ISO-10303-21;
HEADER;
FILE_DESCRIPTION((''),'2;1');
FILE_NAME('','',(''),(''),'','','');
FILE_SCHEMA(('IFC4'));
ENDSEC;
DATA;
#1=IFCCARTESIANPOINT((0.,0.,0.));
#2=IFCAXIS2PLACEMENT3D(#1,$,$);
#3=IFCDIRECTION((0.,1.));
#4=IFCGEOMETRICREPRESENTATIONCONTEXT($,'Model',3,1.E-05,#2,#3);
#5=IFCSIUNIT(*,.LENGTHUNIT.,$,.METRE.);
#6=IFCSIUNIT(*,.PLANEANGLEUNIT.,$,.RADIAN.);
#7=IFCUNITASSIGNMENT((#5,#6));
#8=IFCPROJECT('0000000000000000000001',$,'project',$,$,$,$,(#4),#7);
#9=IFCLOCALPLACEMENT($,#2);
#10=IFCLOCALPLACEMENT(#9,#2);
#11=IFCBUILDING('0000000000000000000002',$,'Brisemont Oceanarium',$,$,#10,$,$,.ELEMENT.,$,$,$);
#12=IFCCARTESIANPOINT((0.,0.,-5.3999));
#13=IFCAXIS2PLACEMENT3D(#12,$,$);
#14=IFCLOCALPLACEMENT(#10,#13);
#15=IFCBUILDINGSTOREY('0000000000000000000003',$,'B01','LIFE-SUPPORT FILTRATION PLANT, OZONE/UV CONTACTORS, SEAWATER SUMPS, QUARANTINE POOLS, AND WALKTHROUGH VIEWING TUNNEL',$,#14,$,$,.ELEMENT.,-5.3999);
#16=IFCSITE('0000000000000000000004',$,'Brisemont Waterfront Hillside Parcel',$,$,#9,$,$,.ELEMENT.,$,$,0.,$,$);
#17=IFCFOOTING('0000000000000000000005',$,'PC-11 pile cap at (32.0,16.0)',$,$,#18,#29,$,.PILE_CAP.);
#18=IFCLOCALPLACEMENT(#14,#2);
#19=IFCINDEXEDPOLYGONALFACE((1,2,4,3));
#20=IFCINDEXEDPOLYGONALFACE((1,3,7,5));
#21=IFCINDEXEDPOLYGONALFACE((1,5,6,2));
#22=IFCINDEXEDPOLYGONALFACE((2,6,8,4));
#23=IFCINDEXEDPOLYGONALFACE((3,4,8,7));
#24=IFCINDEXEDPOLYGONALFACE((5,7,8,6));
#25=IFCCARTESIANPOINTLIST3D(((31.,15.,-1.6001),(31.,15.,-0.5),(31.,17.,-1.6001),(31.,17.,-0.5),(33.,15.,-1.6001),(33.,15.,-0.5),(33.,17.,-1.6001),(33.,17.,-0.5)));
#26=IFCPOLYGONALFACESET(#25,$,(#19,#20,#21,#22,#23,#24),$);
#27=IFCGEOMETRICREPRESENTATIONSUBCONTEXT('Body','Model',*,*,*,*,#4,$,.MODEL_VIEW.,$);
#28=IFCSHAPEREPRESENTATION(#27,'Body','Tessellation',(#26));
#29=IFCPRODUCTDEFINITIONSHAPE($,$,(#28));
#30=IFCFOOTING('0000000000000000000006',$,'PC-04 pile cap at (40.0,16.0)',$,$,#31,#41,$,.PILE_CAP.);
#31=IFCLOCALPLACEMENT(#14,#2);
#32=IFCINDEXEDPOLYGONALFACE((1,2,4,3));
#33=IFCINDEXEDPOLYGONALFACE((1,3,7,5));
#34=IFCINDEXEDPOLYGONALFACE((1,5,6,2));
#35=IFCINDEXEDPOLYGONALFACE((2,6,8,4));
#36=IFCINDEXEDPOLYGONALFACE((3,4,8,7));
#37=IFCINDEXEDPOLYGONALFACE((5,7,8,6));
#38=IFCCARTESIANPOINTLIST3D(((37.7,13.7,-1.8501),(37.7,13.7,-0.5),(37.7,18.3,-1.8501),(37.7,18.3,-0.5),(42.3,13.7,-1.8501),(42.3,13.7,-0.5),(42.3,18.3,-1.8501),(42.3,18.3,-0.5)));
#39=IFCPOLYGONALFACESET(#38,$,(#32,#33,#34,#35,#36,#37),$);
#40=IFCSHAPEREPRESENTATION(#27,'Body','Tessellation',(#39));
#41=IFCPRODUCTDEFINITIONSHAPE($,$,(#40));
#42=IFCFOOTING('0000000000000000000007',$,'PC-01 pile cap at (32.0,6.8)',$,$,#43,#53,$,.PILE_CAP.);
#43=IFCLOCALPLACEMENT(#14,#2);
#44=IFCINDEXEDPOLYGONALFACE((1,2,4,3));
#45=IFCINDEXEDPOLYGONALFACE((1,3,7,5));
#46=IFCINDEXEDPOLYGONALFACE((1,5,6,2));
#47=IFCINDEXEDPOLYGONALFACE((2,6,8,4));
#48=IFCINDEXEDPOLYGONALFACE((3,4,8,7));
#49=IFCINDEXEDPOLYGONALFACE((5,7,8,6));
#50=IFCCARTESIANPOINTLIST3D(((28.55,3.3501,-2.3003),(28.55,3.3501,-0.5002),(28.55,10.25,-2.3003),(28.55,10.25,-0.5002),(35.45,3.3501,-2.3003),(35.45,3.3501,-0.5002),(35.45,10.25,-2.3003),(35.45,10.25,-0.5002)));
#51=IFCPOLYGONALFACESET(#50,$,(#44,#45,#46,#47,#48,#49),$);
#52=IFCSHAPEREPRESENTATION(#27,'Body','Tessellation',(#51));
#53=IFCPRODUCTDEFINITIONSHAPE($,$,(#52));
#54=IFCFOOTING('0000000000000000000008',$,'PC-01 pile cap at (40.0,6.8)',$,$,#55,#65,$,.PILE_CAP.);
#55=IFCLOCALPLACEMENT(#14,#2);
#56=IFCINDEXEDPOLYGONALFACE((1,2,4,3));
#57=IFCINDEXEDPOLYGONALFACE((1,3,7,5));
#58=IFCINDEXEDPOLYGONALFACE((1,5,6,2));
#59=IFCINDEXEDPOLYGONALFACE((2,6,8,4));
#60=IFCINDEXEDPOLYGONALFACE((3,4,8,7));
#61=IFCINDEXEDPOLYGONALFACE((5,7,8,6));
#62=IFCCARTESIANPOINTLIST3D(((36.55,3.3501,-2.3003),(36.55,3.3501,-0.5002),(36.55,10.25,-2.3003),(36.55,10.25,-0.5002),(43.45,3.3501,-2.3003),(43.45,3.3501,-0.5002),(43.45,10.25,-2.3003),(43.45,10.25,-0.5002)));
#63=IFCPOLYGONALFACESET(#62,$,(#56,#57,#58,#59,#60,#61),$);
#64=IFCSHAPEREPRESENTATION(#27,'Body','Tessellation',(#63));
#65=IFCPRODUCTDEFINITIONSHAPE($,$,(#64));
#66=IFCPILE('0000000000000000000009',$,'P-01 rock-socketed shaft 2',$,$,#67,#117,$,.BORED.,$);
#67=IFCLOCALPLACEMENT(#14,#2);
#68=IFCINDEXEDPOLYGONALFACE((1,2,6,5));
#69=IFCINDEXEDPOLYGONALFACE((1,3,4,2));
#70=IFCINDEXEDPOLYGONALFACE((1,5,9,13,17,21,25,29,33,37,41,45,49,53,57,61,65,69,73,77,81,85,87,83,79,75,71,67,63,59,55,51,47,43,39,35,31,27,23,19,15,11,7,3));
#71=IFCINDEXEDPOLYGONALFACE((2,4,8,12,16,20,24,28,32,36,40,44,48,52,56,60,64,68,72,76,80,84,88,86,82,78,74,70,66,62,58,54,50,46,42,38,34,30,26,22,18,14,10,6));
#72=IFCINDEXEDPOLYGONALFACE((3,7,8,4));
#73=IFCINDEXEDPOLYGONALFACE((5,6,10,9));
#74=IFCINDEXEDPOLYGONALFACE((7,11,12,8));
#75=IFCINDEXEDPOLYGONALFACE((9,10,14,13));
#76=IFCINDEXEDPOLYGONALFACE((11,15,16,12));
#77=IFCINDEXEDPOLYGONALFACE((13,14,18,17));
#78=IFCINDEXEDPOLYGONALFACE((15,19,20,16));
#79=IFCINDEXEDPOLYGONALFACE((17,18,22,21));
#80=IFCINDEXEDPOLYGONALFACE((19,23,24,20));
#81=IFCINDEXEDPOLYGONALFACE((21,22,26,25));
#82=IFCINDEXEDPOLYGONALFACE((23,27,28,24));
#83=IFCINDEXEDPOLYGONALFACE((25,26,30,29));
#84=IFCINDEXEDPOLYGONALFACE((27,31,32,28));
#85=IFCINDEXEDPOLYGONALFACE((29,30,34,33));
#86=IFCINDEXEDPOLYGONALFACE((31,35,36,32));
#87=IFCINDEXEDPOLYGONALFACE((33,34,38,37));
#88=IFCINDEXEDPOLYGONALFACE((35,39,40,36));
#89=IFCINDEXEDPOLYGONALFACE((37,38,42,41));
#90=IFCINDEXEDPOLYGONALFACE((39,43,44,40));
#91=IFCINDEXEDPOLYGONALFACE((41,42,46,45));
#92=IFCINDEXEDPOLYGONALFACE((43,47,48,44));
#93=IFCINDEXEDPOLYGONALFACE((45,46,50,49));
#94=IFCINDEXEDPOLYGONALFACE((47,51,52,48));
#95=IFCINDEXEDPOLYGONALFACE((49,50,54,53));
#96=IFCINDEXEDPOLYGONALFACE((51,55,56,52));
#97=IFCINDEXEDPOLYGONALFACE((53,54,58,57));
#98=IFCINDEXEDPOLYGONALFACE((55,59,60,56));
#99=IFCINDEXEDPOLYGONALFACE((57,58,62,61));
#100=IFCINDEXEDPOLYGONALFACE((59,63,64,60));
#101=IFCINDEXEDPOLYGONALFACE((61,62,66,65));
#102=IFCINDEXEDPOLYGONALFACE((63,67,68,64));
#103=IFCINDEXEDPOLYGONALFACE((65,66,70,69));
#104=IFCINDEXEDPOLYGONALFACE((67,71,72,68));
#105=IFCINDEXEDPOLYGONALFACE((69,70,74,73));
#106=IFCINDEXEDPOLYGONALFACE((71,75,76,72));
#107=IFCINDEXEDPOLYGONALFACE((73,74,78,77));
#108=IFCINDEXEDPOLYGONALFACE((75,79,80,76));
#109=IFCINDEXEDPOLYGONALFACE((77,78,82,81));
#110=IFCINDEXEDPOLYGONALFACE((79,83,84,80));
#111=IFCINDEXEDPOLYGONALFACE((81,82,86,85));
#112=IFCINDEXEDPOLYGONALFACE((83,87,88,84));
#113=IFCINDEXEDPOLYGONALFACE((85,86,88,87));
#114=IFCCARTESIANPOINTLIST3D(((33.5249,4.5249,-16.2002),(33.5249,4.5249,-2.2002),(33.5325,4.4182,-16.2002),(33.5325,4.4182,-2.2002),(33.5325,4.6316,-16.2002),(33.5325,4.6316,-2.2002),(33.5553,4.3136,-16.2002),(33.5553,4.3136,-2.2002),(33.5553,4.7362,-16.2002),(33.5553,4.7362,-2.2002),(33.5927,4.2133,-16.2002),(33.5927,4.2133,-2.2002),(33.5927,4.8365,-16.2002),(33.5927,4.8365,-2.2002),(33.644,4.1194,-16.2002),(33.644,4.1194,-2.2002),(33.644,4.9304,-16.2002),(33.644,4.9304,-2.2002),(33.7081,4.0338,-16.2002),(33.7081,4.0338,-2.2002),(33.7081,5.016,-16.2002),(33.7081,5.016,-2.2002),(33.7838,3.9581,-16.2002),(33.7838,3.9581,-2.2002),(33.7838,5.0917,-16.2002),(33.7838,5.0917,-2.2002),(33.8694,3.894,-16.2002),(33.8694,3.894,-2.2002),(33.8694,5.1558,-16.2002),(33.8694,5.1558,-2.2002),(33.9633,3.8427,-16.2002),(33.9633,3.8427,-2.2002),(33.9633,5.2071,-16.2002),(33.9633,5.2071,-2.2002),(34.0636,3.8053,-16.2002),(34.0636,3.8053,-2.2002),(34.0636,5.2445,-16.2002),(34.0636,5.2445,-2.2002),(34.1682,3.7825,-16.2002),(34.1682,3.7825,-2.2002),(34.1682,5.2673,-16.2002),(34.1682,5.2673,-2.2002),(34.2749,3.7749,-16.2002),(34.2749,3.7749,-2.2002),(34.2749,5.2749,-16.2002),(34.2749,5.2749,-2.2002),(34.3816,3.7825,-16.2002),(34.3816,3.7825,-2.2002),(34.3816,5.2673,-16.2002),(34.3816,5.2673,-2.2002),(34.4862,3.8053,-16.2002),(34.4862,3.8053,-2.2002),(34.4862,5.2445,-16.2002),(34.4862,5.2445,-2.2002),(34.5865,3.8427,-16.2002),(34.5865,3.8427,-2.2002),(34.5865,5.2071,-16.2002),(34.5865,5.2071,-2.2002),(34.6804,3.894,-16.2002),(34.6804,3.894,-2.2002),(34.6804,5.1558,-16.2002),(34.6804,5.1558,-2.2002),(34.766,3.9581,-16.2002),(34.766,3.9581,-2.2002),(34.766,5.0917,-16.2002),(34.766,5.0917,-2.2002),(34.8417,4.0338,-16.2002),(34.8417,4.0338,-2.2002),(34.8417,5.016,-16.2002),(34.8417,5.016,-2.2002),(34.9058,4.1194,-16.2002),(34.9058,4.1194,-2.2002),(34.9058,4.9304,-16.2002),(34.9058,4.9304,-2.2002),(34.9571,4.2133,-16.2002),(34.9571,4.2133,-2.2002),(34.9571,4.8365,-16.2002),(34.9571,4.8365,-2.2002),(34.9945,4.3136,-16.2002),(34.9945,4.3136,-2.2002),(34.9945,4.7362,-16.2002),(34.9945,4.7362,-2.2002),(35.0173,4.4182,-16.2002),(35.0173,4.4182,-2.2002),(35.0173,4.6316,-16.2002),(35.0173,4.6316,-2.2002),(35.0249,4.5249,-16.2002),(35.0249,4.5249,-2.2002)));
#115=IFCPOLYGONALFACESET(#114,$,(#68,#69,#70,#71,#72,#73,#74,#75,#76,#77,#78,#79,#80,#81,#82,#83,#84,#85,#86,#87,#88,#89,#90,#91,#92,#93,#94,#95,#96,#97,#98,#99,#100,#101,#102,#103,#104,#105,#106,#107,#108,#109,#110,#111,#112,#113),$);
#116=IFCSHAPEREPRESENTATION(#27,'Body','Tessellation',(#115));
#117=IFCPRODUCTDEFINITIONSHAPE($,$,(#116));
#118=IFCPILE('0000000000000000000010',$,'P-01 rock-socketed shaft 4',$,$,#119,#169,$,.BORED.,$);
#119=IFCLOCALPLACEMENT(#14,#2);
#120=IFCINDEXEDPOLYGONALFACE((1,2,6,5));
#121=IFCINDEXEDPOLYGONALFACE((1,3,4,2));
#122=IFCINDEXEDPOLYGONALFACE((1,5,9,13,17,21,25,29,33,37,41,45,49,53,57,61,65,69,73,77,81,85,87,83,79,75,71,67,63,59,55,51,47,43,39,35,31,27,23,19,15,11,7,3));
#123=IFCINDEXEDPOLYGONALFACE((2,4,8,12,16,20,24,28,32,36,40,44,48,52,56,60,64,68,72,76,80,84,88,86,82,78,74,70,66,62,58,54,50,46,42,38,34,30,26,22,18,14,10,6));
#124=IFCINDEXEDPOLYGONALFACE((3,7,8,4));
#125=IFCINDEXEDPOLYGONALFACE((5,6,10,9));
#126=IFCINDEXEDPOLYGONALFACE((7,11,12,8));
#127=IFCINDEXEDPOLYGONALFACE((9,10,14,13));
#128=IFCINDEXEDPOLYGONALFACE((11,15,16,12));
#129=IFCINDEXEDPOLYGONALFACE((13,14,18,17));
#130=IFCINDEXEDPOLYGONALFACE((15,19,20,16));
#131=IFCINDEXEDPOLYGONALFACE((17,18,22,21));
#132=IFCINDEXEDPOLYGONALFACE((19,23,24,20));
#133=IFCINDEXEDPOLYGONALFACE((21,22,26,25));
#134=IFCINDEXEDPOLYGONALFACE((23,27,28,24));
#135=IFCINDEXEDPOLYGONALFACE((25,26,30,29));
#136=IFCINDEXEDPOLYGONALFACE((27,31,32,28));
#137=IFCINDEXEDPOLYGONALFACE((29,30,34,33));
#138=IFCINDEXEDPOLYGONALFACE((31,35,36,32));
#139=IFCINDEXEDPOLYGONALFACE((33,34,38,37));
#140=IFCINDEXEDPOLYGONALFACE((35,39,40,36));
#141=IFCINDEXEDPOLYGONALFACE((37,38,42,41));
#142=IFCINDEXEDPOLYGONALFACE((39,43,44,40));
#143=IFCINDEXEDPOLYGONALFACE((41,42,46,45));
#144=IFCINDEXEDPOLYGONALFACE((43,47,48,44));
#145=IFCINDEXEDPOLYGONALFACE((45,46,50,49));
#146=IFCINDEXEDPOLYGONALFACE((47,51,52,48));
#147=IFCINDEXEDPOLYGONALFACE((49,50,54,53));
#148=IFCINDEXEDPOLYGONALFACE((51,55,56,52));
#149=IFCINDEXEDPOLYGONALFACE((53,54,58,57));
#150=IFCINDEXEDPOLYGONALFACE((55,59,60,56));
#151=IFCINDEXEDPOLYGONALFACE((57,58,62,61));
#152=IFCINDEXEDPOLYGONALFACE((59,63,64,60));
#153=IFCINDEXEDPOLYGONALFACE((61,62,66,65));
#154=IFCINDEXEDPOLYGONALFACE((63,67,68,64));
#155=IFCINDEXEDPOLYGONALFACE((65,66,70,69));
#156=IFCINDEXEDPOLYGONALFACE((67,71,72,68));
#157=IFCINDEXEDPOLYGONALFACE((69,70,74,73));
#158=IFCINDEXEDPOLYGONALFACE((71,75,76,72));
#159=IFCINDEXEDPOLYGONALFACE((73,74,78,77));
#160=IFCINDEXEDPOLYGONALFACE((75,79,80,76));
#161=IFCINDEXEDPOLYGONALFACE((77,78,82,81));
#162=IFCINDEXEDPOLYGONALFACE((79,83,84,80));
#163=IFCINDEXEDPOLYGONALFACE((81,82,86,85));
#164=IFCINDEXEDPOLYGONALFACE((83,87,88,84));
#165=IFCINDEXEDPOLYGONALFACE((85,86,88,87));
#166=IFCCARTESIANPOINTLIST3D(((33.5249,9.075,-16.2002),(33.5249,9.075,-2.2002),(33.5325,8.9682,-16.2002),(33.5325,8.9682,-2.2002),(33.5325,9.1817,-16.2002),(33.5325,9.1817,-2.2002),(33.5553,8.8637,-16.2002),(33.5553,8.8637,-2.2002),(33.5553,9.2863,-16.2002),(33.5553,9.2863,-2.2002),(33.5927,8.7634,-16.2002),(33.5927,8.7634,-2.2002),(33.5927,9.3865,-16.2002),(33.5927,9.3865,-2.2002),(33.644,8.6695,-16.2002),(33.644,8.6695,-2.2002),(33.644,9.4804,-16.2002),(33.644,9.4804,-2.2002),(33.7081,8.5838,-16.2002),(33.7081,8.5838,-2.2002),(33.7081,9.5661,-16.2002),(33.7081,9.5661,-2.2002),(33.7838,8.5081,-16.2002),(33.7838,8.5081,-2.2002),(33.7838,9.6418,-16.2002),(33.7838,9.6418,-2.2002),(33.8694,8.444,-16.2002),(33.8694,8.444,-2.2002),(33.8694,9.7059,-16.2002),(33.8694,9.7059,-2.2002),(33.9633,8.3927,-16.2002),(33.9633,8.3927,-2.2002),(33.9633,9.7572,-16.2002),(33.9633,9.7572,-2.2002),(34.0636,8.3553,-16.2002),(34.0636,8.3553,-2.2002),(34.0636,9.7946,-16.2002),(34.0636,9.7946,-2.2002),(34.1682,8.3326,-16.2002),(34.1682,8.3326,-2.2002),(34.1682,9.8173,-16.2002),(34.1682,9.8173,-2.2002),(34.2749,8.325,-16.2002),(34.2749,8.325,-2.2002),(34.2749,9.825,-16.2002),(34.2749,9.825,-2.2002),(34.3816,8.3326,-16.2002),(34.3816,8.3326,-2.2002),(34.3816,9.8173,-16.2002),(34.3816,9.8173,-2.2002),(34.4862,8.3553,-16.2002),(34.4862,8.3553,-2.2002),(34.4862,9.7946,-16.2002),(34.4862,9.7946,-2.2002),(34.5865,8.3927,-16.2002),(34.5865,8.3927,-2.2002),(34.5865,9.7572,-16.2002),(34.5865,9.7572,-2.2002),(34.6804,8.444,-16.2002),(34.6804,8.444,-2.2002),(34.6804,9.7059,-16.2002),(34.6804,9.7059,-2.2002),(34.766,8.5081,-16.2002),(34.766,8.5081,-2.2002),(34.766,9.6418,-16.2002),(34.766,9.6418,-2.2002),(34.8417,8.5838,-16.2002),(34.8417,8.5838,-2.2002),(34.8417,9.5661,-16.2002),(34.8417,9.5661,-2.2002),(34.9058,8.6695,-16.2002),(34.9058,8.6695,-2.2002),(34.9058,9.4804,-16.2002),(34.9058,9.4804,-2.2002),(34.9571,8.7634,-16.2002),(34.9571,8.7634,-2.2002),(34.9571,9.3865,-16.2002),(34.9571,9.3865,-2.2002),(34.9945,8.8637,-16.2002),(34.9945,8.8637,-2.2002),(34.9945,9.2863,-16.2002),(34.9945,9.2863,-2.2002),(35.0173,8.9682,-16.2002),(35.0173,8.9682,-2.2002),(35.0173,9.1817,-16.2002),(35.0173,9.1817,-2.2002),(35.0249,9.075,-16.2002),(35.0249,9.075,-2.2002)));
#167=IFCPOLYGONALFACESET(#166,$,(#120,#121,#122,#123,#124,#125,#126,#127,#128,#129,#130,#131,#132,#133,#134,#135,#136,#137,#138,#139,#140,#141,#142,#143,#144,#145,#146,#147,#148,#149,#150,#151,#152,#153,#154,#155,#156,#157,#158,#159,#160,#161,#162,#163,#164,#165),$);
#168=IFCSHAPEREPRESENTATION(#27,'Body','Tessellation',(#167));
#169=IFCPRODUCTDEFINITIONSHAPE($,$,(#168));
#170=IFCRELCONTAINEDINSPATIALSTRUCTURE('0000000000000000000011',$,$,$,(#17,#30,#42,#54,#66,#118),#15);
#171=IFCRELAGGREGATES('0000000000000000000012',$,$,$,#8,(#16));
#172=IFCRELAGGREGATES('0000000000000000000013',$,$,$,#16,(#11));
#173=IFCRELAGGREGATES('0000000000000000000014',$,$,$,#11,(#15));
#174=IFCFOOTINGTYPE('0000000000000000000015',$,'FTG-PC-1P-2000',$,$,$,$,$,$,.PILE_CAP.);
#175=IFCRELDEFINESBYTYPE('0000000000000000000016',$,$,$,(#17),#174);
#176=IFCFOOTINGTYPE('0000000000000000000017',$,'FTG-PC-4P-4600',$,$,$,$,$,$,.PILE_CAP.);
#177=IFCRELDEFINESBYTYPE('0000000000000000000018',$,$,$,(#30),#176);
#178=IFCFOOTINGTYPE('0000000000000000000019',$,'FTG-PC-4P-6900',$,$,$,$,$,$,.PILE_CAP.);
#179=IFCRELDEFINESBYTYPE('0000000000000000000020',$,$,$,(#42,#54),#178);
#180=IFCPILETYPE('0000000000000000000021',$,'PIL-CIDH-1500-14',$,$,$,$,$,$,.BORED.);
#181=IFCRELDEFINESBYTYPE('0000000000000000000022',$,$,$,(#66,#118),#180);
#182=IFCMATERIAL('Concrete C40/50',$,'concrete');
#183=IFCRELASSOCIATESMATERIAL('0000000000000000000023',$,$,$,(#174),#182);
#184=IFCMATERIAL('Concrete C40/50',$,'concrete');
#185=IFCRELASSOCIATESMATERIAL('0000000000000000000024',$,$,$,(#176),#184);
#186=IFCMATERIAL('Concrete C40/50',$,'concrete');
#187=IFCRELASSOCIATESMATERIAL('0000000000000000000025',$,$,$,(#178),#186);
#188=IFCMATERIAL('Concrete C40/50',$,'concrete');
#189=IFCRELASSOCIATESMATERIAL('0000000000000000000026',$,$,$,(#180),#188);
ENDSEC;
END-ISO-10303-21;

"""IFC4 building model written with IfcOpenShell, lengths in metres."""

from ifc_helpers import new_model, si_unit, direction, frame, origin, origin_2d, place, context, subcontext, project, spatial, rectangle, circle, extrude, material, material_profile, profile_set, type_object, element, save


model = new_model("IFC4")

# Units and contexts
model_context = context("Model", 3, precision=1e-05, world=origin(), true_north=direction((0.0, 1.0)))
body_context = subcontext(model_context, "Body", "Model", "MODEL_VIEW")
ifc_project = project(units=[si_unit("LENGTHUNIT", "METRE"), si_unit("PLANEANGLEUNIT", "RADIAN")], contexts=[model_context])

# Site, building, storey
site_placement = place(None, origin())
site = spatial("IfcSite", under=ifc_project, at=site_placement, Name="Brisemont Waterfront Hillside Parcel", CompositionType="ELEMENT", RefElevation=0.0)
building_placement = place(site_placement, origin())
building = spatial("IfcBuilding", under=site, at=building_placement, Name="Brisemont Oceanarium", CompositionType="ELEMENT")
storey_placement = place(building_placement, frame((0.0, 0.0, -5.3999)))
storey = spatial("IfcBuildingStorey", under=building, at=storey_placement, Name="B01", Description="LIFE-SUPPORT FILTRATION PLANT, OZONE/UV CONTACTORS, SEAWATER SUMPS, QUARANTINE POOLS, AND WALKTHROUGH VIEWING TUNNEL", CompositionType="ELEMENT", Elevation=-5.3999)

# Footings
ifc_material_1 = material(Name="Concrete C40/50", Category="concrete")
footing_type_1 = type_object("IfcFootingType", Name="FTG-PC-1P-2000", PredefinedType="PILE_CAP", material=ifc_material_1)
footing_1_placement = place(storey_placement, frame((32.0, 16.0, -1.6001), z_axis=(0.0, 0.0, 1.0), x_axis=(1.0, 0.0, 0.0)))
element("IfcFooting", 1, at=footing_1_placement, inside=storey, type_object=footing_type_1, Name="PC-11 pile cap at (32.0,16.0)", PredefinedType="PILE_CAP", context=body_context, shape_type="SweptSolid", body=[
    extrude(rectangle(XDim=2.0, YDim=2.0, at=origin_2d()), origin(), (0.0, 0.0, 1.0), 1.1001),
])
ifc_material_2 = material(Name="Concrete C40/50", Category="concrete")
footing_type_2 = type_object("IfcFootingType", Name="FTG-PC-4P-4600", PredefinedType="PILE_CAP", material=ifc_material_2)
footing_2_placement = place(storey_placement, frame((40.0, 16.0, -1.8501), z_axis=(0.0, 0.0, 1.0), x_axis=(1.0, 0.0, 0.0)))
element("IfcFooting", 2, at=footing_2_placement, inside=storey, type_object=footing_type_2, Name="PC-04 pile cap at (40.0,16.0)", PredefinedType="PILE_CAP", context=body_context, shape_type="SweptSolid", body=[
    extrude(rectangle(XDim=4.6001, YDim=4.6001, at=origin_2d()), origin(), (0.0, 0.0, 1.0), 1.3501),
])
ifc_material_3 = material(Name="Concrete C40/50", Category="concrete")
footing_type_3 = type_object("IfcFootingType", Name="FTG-PC-4P-6900", PredefinedType="PILE_CAP", material=ifc_material_3)
for number, where, z_axis, x_axis, name in (
    (3, (32.0, 6.8, -2.3003), (0.0, 0.0, 1.0), (1.0, 0.0, 0.0), "PC-01 pile cap at (32.0,6.8)"),
    (4, (40.0, 6.8, -2.3003), (0.0, 0.0, 1.0), (1.0, 0.0, 0.0), "PC-01 pile cap at (40.0,6.8)"),
):
    element("IfcFooting", number, at=place(storey_placement, frame(where, z_axis=z_axis, x_axis=x_axis)), inside=storey, type_object=footing_type_3, Name=name, PredefinedType="PILE_CAP", context=body_context, shape_type="SweptSolid", body=[
        extrude(rectangle(XDim=6.8999, YDim=6.8999, at=origin_2d()), origin(), (0.0, 0.0, 1.0), 1.8),
    ])

# Piles
ifc_material_4 = material(Name="Concrete C40/50", Category="concrete")
ifc_material_profile_1 = material_profile(ifc_material_4, circle(Radius=0.75, at=origin_2d()), Name="CIDH-D1500")
ifc_profile_set_1 = profile_set([ifc_material_profile_1], Name="Concrete C40/50")
pile_type_1 = type_object("IfcPileType", Name="PIL-CIDH-1500-14", PredefinedType="BORED", material=ifc_profile_set_1)
for number, where, z_axis, x_axis, name in (
    (5, (34.2749, 4.5249, -2.2002), (0.0, 0.0, -1.0), (1.0, 0.0, 0.0), "P-01 rock-socketed shaft 2"),
    (6, (34.2749, 9.075, -2.2002), (0.0, 0.0, -1.0), (1.0, 0.0, 0.0), "P-01 rock-socketed shaft 4"),
):
    element("IfcPile", number, at=place(storey_placement, frame(where, z_axis=z_axis, x_axis=x_axis)), inside=storey, type_object=pile_type_1, Name=name, PredefinedType="BORED", context=body_context, shape_type="SweptSolid", body=[
        extrude(circle(Radius=0.75, at=origin_2d()), origin(), (0.0, 0.0, 1.0), 14.0),
    ])

save(model, "model.ifc")
